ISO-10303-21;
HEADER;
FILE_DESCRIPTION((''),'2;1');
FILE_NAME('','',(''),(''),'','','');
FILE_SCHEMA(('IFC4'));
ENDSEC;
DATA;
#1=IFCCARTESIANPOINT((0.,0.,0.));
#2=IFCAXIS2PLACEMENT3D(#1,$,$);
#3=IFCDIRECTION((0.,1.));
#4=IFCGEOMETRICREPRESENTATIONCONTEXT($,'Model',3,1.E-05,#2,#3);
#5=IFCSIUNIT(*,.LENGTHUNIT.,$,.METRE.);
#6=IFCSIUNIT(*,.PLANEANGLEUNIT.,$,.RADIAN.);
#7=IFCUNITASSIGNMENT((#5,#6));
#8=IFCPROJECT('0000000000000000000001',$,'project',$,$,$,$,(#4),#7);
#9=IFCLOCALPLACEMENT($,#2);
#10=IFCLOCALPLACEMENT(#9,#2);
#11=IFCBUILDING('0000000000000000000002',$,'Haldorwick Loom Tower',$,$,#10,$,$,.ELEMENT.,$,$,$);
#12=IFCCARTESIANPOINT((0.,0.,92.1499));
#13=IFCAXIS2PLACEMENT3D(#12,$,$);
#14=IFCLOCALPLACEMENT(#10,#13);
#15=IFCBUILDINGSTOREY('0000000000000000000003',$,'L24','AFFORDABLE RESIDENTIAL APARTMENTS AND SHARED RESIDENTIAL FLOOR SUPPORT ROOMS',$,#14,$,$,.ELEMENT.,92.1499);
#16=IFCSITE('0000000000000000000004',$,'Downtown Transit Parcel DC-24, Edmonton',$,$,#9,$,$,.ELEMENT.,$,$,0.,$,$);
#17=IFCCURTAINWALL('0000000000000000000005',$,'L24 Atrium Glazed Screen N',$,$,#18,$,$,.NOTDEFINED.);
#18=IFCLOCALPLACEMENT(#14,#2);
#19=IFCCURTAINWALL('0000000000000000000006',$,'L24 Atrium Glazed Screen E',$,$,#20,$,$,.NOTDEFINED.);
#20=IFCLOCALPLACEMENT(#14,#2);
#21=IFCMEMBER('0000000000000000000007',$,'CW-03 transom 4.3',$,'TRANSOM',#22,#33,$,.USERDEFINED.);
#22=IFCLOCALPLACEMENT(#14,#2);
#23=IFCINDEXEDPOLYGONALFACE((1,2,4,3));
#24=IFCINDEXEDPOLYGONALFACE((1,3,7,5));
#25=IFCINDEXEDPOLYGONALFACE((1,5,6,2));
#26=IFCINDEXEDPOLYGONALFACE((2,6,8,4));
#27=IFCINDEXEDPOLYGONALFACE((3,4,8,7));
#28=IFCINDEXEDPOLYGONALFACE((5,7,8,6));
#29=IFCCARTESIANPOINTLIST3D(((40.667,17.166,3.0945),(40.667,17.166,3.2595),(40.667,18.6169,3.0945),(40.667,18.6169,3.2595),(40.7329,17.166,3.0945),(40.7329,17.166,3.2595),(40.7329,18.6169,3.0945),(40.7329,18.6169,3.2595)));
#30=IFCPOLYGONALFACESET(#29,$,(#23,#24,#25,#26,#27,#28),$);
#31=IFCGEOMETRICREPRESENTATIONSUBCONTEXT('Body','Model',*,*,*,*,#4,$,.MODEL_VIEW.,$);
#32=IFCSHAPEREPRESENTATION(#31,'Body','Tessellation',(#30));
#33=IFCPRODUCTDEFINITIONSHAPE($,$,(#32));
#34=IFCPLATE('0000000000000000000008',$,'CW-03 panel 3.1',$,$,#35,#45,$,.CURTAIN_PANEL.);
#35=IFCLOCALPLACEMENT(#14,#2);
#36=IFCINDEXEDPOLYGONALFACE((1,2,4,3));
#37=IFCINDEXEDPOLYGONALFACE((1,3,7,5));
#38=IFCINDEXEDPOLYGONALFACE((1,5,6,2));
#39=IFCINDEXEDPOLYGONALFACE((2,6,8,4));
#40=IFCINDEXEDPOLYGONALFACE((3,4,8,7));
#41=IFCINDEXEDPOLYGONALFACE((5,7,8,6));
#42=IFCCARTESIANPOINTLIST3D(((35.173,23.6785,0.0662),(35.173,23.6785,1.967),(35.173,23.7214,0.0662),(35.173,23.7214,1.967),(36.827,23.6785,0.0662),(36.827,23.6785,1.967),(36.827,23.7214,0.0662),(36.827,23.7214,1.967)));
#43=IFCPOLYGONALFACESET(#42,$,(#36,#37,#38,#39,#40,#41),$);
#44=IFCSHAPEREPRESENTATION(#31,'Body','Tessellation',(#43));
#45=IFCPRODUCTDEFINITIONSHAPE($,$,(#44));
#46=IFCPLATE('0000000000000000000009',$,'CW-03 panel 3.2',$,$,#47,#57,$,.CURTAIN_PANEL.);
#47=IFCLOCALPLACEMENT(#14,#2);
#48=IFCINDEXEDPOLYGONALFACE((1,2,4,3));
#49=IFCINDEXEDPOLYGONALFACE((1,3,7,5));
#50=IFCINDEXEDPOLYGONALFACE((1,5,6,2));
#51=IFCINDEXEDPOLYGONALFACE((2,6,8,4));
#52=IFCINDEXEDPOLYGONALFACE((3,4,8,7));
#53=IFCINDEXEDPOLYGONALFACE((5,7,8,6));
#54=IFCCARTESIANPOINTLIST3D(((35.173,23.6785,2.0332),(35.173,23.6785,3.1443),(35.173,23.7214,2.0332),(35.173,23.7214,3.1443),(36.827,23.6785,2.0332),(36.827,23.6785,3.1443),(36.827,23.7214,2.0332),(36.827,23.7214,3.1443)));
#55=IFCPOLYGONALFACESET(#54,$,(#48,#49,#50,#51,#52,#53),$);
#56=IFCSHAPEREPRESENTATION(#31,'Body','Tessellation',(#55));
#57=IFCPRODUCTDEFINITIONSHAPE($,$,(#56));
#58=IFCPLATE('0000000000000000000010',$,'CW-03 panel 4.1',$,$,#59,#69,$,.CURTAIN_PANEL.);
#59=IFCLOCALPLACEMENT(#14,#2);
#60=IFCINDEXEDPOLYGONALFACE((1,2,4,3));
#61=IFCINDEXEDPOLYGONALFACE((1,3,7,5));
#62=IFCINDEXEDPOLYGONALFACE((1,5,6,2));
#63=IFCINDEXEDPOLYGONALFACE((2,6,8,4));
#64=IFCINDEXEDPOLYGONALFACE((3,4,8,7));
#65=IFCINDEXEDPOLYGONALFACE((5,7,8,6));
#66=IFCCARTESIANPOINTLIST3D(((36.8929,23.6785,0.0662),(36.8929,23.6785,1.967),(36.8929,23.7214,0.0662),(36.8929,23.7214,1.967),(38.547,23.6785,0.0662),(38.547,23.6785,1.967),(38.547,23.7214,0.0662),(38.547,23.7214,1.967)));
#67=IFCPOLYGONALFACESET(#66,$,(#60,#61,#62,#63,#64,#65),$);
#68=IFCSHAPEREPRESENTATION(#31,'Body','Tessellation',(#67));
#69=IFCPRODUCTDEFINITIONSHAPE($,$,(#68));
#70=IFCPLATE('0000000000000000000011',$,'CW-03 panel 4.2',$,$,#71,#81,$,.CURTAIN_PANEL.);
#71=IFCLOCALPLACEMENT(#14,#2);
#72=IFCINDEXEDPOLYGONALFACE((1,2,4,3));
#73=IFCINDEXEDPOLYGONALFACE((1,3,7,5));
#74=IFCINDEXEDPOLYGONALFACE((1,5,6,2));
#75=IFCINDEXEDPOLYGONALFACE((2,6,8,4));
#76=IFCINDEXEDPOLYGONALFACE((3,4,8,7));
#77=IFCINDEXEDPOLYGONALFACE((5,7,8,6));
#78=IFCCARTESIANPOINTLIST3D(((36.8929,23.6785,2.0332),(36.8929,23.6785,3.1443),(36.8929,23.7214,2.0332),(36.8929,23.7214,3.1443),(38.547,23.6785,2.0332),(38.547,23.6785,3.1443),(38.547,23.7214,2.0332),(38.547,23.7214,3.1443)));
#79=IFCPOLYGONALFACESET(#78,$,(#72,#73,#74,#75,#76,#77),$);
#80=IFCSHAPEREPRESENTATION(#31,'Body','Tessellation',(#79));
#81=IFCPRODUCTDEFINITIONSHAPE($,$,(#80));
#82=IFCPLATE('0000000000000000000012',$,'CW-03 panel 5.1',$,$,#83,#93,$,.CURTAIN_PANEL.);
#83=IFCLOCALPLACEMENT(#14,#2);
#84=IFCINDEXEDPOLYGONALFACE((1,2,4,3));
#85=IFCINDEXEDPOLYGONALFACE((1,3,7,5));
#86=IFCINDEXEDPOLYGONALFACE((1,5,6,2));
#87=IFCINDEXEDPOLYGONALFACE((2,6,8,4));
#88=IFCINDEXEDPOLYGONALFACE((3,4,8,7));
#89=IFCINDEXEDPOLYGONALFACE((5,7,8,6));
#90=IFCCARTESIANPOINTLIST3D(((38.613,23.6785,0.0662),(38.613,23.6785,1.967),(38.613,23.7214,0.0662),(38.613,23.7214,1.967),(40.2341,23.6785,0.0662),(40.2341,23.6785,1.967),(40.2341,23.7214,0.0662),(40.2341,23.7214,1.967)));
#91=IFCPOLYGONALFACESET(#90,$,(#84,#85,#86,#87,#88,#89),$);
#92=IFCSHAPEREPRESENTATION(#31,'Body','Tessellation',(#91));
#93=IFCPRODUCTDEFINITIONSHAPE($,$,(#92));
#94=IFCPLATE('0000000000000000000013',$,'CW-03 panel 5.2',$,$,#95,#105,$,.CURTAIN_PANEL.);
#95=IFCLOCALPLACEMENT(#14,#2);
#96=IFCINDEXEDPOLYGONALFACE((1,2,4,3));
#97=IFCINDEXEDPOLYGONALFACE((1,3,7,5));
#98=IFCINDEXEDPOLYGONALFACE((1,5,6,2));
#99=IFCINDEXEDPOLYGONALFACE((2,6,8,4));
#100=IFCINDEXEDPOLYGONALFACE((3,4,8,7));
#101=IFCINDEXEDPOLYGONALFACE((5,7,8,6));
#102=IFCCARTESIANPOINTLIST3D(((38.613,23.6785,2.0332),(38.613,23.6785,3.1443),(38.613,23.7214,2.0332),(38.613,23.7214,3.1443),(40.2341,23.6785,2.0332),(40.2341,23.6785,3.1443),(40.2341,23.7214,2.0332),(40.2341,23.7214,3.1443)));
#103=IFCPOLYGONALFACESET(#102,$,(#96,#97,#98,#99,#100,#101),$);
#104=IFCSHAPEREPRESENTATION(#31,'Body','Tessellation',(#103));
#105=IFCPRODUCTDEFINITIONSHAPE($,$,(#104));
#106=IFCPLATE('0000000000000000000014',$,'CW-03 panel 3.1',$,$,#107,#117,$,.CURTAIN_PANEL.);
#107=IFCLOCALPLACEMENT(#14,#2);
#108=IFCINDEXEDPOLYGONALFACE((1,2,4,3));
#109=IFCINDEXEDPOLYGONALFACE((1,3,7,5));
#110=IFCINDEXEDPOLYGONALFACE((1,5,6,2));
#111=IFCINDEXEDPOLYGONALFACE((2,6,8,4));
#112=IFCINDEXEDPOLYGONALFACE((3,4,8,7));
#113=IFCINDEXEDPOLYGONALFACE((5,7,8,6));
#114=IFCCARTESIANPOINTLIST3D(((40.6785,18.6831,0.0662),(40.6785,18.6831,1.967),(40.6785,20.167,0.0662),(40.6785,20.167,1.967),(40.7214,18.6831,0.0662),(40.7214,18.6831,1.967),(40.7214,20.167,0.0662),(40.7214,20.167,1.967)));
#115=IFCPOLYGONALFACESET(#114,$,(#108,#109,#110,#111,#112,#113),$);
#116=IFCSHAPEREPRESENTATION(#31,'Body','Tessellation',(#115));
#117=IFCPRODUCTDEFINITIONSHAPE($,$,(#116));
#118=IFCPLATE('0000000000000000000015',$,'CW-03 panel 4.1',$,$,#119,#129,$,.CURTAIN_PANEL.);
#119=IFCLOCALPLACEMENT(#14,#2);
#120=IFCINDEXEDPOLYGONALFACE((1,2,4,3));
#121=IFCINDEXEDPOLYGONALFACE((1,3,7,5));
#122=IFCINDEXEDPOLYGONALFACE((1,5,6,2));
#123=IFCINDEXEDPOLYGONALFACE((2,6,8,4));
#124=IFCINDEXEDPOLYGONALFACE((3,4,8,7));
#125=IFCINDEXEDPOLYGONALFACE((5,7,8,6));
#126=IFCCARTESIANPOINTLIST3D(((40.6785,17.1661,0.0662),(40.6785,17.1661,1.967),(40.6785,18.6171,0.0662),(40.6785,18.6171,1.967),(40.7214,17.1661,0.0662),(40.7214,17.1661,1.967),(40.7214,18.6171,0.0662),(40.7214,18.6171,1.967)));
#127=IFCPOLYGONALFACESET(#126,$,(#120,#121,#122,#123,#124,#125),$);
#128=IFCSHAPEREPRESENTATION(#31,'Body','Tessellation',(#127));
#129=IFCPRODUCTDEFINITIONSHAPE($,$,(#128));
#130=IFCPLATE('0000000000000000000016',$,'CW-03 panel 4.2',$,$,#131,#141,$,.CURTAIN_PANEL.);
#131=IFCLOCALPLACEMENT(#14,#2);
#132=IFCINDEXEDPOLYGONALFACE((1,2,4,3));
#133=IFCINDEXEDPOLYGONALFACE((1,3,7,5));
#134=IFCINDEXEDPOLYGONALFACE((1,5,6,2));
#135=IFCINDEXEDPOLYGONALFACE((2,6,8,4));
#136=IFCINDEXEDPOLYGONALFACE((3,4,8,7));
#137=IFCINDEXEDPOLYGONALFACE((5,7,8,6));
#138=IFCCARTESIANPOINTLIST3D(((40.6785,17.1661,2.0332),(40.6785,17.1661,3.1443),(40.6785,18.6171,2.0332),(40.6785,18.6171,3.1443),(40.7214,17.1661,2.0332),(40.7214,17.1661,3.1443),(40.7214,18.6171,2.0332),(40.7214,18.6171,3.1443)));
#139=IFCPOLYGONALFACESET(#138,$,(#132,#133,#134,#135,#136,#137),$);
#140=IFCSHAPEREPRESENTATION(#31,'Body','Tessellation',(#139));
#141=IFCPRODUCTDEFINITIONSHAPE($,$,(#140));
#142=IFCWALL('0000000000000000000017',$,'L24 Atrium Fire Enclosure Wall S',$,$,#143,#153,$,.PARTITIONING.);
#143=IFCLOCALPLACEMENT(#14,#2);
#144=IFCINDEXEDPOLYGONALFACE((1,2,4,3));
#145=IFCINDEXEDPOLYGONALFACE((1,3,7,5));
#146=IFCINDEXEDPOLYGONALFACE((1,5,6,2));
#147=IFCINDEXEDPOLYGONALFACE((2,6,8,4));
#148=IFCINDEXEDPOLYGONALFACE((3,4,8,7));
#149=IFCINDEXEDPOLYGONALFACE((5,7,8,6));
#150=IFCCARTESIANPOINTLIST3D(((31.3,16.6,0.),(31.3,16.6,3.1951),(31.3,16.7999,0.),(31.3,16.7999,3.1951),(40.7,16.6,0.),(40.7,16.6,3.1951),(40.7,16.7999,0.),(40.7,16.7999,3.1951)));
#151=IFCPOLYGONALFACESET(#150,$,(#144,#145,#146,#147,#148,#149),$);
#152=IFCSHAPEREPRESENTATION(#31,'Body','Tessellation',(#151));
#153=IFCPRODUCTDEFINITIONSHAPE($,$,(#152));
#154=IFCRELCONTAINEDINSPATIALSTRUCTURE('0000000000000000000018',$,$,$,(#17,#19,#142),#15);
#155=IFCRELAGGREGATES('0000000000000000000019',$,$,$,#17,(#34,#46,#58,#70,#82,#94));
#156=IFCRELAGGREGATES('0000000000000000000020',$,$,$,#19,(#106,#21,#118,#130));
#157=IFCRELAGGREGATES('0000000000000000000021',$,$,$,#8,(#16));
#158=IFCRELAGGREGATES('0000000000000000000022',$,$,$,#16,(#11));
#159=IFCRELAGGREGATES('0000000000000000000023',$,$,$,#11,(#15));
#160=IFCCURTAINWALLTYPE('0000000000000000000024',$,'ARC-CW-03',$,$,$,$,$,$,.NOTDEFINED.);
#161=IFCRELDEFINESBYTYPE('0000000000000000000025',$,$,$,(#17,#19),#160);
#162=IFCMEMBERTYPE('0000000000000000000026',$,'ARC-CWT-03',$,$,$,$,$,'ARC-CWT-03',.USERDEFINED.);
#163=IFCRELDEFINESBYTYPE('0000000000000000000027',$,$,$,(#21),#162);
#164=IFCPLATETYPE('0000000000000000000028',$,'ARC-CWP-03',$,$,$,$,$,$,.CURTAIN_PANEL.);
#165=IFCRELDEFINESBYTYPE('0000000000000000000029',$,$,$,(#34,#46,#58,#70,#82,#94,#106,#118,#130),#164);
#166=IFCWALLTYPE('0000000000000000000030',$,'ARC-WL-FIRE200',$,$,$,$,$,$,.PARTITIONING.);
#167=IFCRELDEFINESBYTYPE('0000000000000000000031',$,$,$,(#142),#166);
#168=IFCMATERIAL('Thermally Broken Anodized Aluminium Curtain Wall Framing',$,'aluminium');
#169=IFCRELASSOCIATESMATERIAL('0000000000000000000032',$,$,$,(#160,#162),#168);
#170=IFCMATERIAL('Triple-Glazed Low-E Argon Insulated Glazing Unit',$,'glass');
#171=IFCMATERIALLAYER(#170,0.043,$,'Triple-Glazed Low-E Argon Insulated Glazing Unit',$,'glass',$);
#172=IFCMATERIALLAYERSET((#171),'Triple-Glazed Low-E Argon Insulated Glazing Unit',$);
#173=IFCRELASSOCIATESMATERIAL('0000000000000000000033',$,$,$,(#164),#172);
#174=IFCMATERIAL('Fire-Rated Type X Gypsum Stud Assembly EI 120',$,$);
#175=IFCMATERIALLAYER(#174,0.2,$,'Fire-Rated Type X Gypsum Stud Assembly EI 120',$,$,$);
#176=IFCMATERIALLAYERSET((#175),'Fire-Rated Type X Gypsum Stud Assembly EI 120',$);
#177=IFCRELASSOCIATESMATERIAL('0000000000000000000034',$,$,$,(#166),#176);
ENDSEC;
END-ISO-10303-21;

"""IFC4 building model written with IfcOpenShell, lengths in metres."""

from ifc_helpers import new_model, si_unit, direction, frame, frame_2d, origin, origin_2d, place, context, subcontext, project, spatial, rectangle, extrude, material, layer, layer_set, material_profile, profile_set, type_object, element, aggregate, save


model = new_model("IFC4")

# Units and contexts
model_context = context("Model", 3, precision=1e-05, world=origin(), true_north=direction((0.0, 1.0)))
body_context = subcontext(model_context, "Body", "Model", "MODEL_VIEW")
ifc_project = project(units=[si_unit("LENGTHUNIT", "METRE"), si_unit("PLANEANGLEUNIT", "RADIAN")], contexts=[model_context])

# Site, building, storey
site_placement = place(None, origin())
site = spatial("IfcSite", under=ifc_project, at=site_placement, Name="Downtown Transit Parcel DC-24, Edmonton", CompositionType="ELEMENT", RefElevation=0.0)
building_placement = place(site_placement, origin())
building = spatial("IfcBuilding", under=site, at=building_placement, Name="Haldorwick Loom Tower", CompositionType="ELEMENT")
storey_placement = place(building_placement, frame((0.0, 0.0, 92.1499)))
storey = spatial("IfcBuildingStorey", under=building, at=storey_placement, Name="L24", Description="AFFORDABLE RESIDENTIAL APARTMENTS AND SHARED RESIDENTIAL FLOOR SUPPORT ROOMS", CompositionType="ELEMENT", Elevation=92.1499)

# Shared definitions
ifc_material_1 = material(Name="Thermally Broken Anodized Aluminium Curtain Wall Framing", Category="aluminium")
curtain_wall_type = type_object("IfcCurtainWallType", Name="ARC-CW-03", PredefinedType="NOTDEFINED", material=ifc_material_1)

# Curtain walls
curtain_wall_1_placement = place(storey_placement, origin())
curtain_wall_1 = element("IfcCurtainWall", 1, at=curtain_wall_1_placement, inside=storey, type_object=curtain_wall_type, Name="L24 Atrium Glazed Screen N", PredefinedType="NOTDEFINED")
curtain_wall_2_placement = place(storey_placement, origin())
curtain_wall_2 = element("IfcCurtainWall", 2, at=curtain_wall_2_placement, inside=storey, type_object=curtain_wall_type, Name="L24 Atrium Glazed Screen E", PredefinedType="NOTDEFINED")

# Member
ifc_material_profile_1 = material_profile(ifc_material_1, rectangle(XDim=0.0659, YDim=0.165, at=origin_2d()), Name="ALU_TRN_66X165", Category="aluminium")
ifc_profile_set_1 = profile_set([ifc_material_profile_1], Name="Thermally Broken Anodized Aluminium Curtain Wall Framing")
member_type_1 = type_object("IfcMemberType", Name="ARC-CWT-03", ElementType="ARC-CWT-03", PredefinedType="USERDEFINED", material=ifc_profile_set_1)
member_1_placement = place(storey_placement, frame((40.7, 18.6169, 3.177), z_axis=(0.0, -1.0, 0.0), x_axis=(1.0, 0.0, 0.0)))
member_1 = element("IfcMember", 3, at=member_1_placement, type_object=member_type_1, Name="CW-03 transom 4.3", ObjectType="TRANSOM", PredefinedType="USERDEFINED", context=body_context, shape_type="SweptSolid", body=[
    extrude(rectangle(XDim=0.0659, YDim=0.165, at=origin_2d()), origin(), (0.0, 0.0, 1.0), 1.4509),
])

# Plates
ifc_material_2 = material(Name="Triple-Glazed Low-E Argon Insulated Glazing Unit", Category="glass")
ifc_layer_1 = layer(ifc_material_2, 0.043, Name="Triple-Glazed Low-E Argon Insulated Glazing Unit", Category="glass")
ifc_layer_set_1 = layer_set([ifc_layer_1], Name="Triple-Glazed Low-E Argon Insulated Glazing Unit")
plate_type = type_object("IfcPlateType", Name="ARC-CWP-03", PredefinedType="CURTAIN_PANEL", material=ifc_layer_set_1)
plate_1_placement = place(storey_placement, frame((36.0, 23.7, 0.0662), z_axis=(0.0, 0.0, 1.0), x_axis=(1.0, 0.0, 0.0)))
plate_1 = element("IfcPlate", 4, at=plate_1_placement, type_object=plate_type, Name="CW-03 panel 3.1", PredefinedType="CURTAIN_PANEL", context=body_context, shape_type="SweptSolid", body=[
    extrude(rectangle(XDim=1.6541, YDim=0.043, at=origin_2d()), origin(), (0.0, 0.0, 1.0), 1.9009),
])
plate_2_placement = place(storey_placement, frame((36.0, 23.7, 2.0332), z_axis=(0.0, 0.0, 1.0), x_axis=(1.0, 0.0, 0.0)))
plate_2 = element("IfcPlate", 5, at=plate_2_placement, type_object=plate_type, Name="CW-03 panel 3.2", PredefinedType="CURTAIN_PANEL", context=body_context, shape_type="SweptSolid", body=[
    extrude(rectangle(XDim=1.6541, YDim=0.043, at=origin_2d()), origin(), (0.0, 0.0, 1.0), 1.1111),
])
plate_3_placement = place(storey_placement, frame((37.72, 23.7, 0.0662), z_axis=(0.0, 0.0, 1.0), x_axis=(1.0, 0.0, 0.0)))
plate_3 = element("IfcPlate", 6, at=plate_3_placement, type_object=plate_type, Name="CW-03 panel 4.1", PredefinedType="CURTAIN_PANEL", context=body_context, shape_type="SweptSolid", body=[
    extrude(rectangle(XDim=1.6541, YDim=0.043, at=origin_2d()), origin(), (0.0, 0.0, 1.0), 1.9009),
])
plate_4_placement = place(storey_placement, frame((37.72, 23.7, 2.0332), z_axis=(0.0, 0.0, 1.0), x_axis=(1.0, 0.0, 0.0)))
plate_4 = element("IfcPlate", 7, at=plate_4_placement, type_object=plate_type, Name="CW-03 panel 4.2", PredefinedType="CURTAIN_PANEL", context=body_context, shape_type="SweptSolid", body=[
    extrude(rectangle(XDim=1.6541, YDim=0.043, at=origin_2d()), origin(), (0.0, 0.0, 1.0), 1.1111),
])
plate_5_placement = place(storey_placement, frame((39.4236, 23.7, 0.0662), z_axis=(0.0, 0.0, 1.0), x_axis=(1.0, 0.0, 0.0)))
plate_5 = element("IfcPlate", 8, at=plate_5_placement, type_object=plate_type, Name="CW-03 panel 5.1", PredefinedType="CURTAIN_PANEL", context=body_context, shape_type="SweptSolid", body=[
    extrude(rectangle(XDim=1.6211, YDim=0.043, at=origin_2d()), origin(), (0.0, 0.0, 1.0), 1.9009),
])
plate_6_placement = place(storey_placement, frame((39.4236, 23.7, 2.0332), z_axis=(0.0, 0.0, 1.0), x_axis=(1.0, 0.0, 0.0)))
plate_6 = element("IfcPlate", 9, at=plate_6_placement, type_object=plate_type, Name="CW-03 panel 5.2", PredefinedType="CURTAIN_PANEL", context=body_context, shape_type="SweptSolid", body=[
    extrude(rectangle(XDim=1.6211, YDim=0.043, at=origin_2d()), origin(), (0.0, 0.0, 1.0), 1.1111),
])
aggregate(curtain_wall_1, [plate_1, plate_2, plate_3, plate_4, plate_5, plate_6])
plate_7_placement = place(storey_placement, frame((40.7, 19.425, 0.0662), z_axis=(0.0, 0.0, 1.0), x_axis=(0.0, -1.0, 0.0)))
plate_7 = element("IfcPlate", 10, at=plate_7_placement, type_object=plate_type, Name="CW-03 panel 3.1", PredefinedType="CURTAIN_PANEL", context=body_context, shape_type="SweptSolid", body=[
    extrude(rectangle(XDim=1.4839, YDim=0.043, at=origin_2d()), origin(), (0.0, 0.0, 1.0), 1.9009),
])
plate_8_placement = place(storey_placement, frame((40.7, 17.8916, 0.0662), z_axis=(0.0, 0.0, 1.0), x_axis=(0.0, -1.0, 0.0)))
plate_8 = element("IfcPlate", 11, at=plate_8_placement, type_object=plate_type, Name="CW-03 panel 4.1", PredefinedType="CURTAIN_PANEL", context=body_context, shape_type="SweptSolid", body=[
    extrude(rectangle(XDim=1.4509, YDim=0.043, at=origin_2d()), origin(), (0.0, 0.0, 1.0), 1.9009),
])
plate_9_placement = place(storey_placement, frame((40.7, 17.8916, 2.0332), z_axis=(0.0, 0.0, 1.0), x_axis=(0.0, -1.0, 0.0)))
plate_9 = element("IfcPlate", 12, at=plate_9_placement, type_object=plate_type, Name="CW-03 panel 4.2", PredefinedType="CURTAIN_PANEL", context=body_context, shape_type="SweptSolid", body=[
    extrude(rectangle(XDim=1.4509, YDim=0.043, at=origin_2d()), origin(), (0.0, 0.0, 1.0), 1.1111),
])
aggregate(curtain_wall_2, [plate_7, member_1, plate_8, plate_9])

# Wall
ifc_material_3 = material(Name="Fire-Rated Type X Gypsum Stud Assembly EI 120")
ifc_layer_2 = layer(ifc_material_3, 0.2, Name="Fire-Rated Type X Gypsum Stud Assembly EI 120")
ifc_layer_set_2 = layer_set([ifc_layer_2], Name="Fire-Rated Type X Gypsum Stud Assembly EI 120")
wall_type = type_object("IfcWallType", Name="ARC-WL-FIRE200", PredefinedType="PARTITIONING", material=ifc_layer_set_2)
wall_placement = place(storey_placement, frame((40.7, 16.7, 0.0), z_axis=(0.0, 0.0, 1.0), x_axis=(-1.0, 0.0, 0.0)))
element("IfcWall", 13, at=wall_placement, inside=storey, type_object=wall_type, Name="L24 Atrium Fire Enclosure Wall S", PredefinedType="PARTITIONING", context=body_context, shape_type="SweptSolid", body=[
    extrude(rectangle(XDim=9.3999, YDim=0.2, at=frame_2d((4.7, 0.0))), origin(), (0.0, 0.0, 1.0), 3.1951),
])

save(model, "model.ifc")
